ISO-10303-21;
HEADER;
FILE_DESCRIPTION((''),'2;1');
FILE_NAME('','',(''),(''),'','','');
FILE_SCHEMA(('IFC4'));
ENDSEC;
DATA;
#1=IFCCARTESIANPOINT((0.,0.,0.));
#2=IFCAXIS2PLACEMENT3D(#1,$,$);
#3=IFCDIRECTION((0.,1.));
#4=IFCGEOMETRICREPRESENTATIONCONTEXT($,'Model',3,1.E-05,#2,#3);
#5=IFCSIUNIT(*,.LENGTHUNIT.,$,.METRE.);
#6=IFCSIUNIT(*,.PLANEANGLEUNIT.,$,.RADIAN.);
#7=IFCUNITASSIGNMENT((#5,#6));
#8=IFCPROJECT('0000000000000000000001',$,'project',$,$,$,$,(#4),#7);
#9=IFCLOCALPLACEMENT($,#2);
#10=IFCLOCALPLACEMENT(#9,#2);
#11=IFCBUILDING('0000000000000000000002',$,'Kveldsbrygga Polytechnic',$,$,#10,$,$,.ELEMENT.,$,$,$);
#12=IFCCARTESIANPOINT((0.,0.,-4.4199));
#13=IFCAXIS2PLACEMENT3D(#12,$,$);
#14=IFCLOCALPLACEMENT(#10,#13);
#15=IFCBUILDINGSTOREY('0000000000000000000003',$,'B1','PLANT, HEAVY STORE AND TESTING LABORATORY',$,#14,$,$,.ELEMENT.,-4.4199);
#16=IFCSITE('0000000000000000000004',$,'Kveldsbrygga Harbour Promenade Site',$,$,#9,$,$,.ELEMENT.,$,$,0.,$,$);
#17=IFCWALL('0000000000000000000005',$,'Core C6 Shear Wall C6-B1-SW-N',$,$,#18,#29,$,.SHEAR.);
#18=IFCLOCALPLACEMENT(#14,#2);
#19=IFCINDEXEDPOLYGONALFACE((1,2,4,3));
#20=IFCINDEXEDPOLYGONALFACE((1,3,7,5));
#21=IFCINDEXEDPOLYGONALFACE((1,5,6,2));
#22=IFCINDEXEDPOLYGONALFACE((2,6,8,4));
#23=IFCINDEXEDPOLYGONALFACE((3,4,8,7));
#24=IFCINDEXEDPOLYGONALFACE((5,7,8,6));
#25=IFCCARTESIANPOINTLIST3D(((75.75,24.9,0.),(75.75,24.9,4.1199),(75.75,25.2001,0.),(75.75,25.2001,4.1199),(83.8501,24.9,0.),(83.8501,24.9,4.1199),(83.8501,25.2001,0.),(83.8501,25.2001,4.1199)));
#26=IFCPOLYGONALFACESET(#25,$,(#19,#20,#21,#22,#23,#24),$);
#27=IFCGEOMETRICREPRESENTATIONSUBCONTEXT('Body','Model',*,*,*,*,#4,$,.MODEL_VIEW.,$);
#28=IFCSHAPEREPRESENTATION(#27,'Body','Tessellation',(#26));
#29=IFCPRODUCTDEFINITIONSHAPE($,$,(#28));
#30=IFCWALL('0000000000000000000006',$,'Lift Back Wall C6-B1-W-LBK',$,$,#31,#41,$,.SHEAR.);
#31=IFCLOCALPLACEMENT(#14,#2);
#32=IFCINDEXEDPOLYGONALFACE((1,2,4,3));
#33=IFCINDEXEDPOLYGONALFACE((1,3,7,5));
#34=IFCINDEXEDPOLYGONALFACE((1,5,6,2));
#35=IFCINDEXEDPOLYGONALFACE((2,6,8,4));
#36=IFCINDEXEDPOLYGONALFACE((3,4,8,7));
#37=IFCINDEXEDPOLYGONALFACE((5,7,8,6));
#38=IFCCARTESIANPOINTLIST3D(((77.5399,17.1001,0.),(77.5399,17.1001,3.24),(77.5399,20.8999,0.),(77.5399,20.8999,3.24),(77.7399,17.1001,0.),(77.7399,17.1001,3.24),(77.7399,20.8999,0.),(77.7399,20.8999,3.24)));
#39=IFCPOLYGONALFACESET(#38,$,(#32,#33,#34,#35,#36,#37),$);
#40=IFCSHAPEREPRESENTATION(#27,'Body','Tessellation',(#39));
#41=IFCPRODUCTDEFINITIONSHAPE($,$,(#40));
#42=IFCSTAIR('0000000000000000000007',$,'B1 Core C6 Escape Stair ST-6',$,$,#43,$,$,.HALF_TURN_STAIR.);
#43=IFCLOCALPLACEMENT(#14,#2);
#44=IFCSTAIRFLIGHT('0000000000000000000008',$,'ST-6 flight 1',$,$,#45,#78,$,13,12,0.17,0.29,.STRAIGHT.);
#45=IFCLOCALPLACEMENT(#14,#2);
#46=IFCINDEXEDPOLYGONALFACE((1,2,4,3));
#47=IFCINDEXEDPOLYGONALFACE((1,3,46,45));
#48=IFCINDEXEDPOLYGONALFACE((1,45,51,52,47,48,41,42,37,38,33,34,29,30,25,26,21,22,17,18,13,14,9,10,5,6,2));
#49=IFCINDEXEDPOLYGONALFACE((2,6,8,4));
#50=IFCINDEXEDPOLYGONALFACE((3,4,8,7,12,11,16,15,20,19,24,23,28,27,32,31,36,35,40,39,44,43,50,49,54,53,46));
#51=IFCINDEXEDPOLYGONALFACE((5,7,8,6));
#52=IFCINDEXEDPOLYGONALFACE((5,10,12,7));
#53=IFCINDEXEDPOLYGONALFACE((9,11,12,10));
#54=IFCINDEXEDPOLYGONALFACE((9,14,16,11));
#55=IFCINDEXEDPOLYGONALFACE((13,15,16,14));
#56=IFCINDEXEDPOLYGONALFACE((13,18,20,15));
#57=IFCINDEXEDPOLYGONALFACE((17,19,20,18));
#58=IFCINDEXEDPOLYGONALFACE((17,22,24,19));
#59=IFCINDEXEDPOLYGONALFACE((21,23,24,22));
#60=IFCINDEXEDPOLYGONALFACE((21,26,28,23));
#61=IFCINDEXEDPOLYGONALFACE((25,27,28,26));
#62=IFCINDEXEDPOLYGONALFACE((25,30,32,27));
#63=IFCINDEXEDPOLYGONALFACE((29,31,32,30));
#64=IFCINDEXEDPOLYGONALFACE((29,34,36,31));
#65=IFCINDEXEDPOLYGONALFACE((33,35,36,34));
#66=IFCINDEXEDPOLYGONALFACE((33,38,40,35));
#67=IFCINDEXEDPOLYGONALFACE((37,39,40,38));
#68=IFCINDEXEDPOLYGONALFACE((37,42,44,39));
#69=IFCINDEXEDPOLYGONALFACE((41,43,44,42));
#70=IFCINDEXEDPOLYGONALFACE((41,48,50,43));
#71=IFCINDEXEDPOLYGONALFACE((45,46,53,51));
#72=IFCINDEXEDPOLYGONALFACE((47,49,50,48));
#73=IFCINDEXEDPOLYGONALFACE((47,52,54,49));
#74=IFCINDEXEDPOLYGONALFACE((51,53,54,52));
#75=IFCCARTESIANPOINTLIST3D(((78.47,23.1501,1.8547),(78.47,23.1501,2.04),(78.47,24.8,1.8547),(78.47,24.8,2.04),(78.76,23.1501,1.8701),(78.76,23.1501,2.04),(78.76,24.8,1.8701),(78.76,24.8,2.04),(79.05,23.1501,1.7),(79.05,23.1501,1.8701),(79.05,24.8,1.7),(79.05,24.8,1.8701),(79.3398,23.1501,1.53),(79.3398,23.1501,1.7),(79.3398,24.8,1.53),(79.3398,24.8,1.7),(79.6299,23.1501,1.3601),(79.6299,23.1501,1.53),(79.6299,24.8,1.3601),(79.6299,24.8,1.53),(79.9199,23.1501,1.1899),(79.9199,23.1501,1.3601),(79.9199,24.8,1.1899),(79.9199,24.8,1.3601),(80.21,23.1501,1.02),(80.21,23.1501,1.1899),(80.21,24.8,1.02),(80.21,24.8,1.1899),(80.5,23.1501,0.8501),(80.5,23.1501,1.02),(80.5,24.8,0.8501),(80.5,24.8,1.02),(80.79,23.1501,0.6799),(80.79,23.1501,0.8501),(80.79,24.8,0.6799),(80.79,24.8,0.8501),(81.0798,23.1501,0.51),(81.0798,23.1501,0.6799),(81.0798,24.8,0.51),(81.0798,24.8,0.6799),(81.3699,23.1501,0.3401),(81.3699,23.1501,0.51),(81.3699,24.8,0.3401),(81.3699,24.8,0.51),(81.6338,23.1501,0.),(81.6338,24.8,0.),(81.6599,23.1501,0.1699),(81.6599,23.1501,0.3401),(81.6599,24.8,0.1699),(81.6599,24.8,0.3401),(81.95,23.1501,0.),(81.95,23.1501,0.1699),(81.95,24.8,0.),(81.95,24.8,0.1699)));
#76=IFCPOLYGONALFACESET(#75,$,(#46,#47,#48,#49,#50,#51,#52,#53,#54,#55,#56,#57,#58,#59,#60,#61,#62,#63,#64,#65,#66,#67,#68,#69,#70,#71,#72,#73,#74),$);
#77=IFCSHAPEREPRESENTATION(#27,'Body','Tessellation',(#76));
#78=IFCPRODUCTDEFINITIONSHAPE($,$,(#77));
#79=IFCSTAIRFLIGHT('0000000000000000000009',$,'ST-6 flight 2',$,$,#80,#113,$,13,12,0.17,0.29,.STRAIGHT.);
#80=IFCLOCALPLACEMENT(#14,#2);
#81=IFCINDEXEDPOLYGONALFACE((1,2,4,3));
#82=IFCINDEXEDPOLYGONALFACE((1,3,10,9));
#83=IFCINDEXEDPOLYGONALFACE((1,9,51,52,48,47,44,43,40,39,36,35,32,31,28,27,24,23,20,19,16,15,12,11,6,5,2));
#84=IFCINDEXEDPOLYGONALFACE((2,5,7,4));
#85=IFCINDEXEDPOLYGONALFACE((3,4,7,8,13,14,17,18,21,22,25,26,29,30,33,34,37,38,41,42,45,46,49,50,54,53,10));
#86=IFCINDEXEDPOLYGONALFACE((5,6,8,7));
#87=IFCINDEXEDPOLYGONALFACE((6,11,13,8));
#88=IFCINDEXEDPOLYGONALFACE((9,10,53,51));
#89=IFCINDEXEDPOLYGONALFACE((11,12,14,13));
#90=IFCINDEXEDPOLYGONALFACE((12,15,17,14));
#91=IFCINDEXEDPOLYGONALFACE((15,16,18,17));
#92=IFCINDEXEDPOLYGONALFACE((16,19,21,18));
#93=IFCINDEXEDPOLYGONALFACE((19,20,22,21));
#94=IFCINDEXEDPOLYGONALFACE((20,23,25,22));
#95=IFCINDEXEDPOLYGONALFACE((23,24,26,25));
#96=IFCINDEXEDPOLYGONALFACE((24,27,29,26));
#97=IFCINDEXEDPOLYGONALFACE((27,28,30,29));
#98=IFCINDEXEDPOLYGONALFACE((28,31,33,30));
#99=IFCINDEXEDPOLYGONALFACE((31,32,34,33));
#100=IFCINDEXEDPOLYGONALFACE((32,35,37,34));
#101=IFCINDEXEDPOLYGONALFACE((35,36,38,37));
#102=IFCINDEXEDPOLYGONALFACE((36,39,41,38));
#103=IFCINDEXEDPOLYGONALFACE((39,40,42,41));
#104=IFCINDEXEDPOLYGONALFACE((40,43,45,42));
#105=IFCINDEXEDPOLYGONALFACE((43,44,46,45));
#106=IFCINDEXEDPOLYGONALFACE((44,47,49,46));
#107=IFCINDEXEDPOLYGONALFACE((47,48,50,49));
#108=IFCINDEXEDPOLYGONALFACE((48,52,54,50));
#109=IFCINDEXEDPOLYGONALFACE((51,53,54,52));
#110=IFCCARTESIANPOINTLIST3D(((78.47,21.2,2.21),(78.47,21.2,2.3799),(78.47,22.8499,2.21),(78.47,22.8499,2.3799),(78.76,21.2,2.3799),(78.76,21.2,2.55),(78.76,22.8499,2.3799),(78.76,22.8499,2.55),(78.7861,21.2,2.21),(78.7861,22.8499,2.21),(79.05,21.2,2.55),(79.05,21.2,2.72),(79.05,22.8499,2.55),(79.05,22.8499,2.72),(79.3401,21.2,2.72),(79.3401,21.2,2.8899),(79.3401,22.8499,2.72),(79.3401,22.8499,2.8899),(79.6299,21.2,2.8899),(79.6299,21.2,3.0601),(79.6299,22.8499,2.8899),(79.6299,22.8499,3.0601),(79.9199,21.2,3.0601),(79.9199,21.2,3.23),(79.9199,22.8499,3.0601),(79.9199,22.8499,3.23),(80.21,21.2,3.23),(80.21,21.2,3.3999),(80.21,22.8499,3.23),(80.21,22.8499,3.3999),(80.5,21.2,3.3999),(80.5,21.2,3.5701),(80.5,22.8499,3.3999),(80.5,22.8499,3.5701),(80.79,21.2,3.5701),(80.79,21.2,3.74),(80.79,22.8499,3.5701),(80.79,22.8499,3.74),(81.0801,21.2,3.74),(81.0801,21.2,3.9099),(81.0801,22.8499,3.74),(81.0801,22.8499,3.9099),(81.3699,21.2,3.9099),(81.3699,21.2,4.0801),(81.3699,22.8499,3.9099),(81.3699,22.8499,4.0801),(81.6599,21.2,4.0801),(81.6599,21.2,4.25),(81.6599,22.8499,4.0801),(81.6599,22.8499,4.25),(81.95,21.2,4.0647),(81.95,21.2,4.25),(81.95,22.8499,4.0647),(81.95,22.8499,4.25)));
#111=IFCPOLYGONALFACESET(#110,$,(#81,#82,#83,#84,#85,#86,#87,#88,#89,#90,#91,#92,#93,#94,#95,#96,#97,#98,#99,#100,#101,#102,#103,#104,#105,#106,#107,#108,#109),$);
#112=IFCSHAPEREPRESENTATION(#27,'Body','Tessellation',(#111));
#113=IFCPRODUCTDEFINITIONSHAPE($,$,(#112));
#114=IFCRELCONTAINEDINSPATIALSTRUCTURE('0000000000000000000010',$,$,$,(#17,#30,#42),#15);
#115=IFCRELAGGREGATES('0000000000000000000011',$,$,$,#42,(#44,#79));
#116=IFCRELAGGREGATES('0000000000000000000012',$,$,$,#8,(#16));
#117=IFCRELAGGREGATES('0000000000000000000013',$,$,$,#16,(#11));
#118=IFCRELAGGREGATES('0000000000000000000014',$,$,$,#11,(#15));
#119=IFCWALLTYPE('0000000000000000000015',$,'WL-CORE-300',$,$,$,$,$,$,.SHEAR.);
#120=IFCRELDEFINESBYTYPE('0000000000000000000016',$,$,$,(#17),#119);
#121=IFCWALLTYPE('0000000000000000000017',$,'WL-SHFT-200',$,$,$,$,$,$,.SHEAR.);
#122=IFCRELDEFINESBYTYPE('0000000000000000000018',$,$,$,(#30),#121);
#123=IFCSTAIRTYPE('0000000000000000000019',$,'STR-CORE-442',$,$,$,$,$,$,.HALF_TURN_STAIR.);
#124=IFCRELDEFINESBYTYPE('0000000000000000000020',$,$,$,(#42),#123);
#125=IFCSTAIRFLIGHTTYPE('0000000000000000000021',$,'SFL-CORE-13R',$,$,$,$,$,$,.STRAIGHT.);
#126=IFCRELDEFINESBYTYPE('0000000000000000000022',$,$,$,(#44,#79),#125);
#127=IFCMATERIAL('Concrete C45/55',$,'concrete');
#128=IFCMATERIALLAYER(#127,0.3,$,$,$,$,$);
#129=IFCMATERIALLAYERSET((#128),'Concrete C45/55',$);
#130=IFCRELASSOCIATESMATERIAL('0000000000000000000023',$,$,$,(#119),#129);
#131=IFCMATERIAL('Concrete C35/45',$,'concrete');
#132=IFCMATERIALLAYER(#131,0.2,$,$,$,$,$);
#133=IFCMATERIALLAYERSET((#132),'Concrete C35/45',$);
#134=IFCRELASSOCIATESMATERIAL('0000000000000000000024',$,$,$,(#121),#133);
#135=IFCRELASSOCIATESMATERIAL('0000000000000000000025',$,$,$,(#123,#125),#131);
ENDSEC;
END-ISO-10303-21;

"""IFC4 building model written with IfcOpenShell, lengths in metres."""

from ifc_helpers import new_model, si_unit, direction, frame, frame_2d, origin, place, context, subcontext, project, spatial, polyline, rectangle, outline, extrude, material, layer, layer_set, type_object, element, aggregate, save


model = new_model("IFC4")

# Units and contexts
model_context = context("Model", 3, precision=1e-05, world=origin(), true_north=direction((0.0, 1.0)))
body_context = subcontext(model_context, "Body", "Model", "MODEL_VIEW")
ifc_project = project(units=[si_unit("LENGTHUNIT", "METRE"), si_unit("PLANEANGLEUNIT", "RADIAN")], contexts=[model_context])

# Site, building, storey
site_placement = place(None, origin())
site = spatial("IfcSite", under=ifc_project, at=site_placement, Name="Kveldsbrygga Harbour Promenade Site", CompositionType="ELEMENT", RefElevation=0.0)
building_placement = place(site_placement, origin())
building = spatial("IfcBuilding", under=site, at=building_placement, Name="Kveldsbrygga Polytechnic", CompositionType="ELEMENT")
storey_placement = place(building_placement, frame((0.0, 0.0, -4.4199)))
storey = spatial("IfcBuildingStorey", under=building, at=storey_placement, Name="B1", Description="PLANT, HEAVY STORE AND TESTING LABORATORY", CompositionType="ELEMENT", Elevation=-4.4199)

# Shared definitions
ifc_material_1 = material(Name="Concrete C45/55", Category="concrete")

# Shared definitions
ifc_material_2 = material(Name="Concrete C35/45", Category="concrete")

# Wall
ifc_layer_1 = layer(ifc_material_1, 0.3)
ifc_layer_set_1 = layer_set([ifc_layer_1], Name="Concrete C45/55")
wall_type_1 = type_object("IfcWallType", Name="WL-CORE-300", PredefinedType="SHEAR", material=ifc_layer_set_1)
wall_1_placement = place(storey_placement, frame((75.75, 25.05, 0.0), z_axis=(0.0, 0.0, 1.0), x_axis=(1.0, 0.0, 0.0)))
element("IfcWall", 1, at=wall_1_placement, inside=storey, type_object=wall_type_1, Name="Core C6 Shear Wall C6-B1-SW-N", PredefinedType="SHEAR", context=body_context, shape_type="SweptSolid", body=[
    extrude(rectangle(XDim=8.1001, YDim=0.3, at=frame_2d((4.05, 0.0))), origin(), (0.0, 0.0, 1.0), 4.1199),
])

# Shared definitions
ifc_layer_2 = layer(ifc_material_2, 0.2)
ifc_layer_set_2 = layer_set([ifc_layer_2], Name="Concrete C35/45")
wall_type_2 = type_object("IfcWallType", Name="WL-SHFT-200", PredefinedType="SHEAR", material=ifc_layer_set_2)

# Wall
wall_2_placement = place(storey_placement, frame((77.6399, 17.1001, 0.0), z_axis=(0.0, 0.0, 1.0), x_axis=(0.0, 1.0, 0.0)))
element("IfcWall", 2, at=wall_2_placement, inside=storey, type_object=wall_type_2, Name="Lift Back Wall C6-B1-W-LBK", PredefinedType="SHEAR", context=body_context, shape_type="SweptSolid", body=[
    extrude(rectangle(XDim=3.7998, YDim=0.2, at=frame_2d((1.8999, 0.0))), origin(), (0.0, 0.0, 1.0), 3.24),
])

# Stair, stair flights
stair_type = type_object("IfcStairType", Name="STR-CORE-442", PredefinedType="HALF_TURN_STAIR", material=ifc_material_2)
stair_placement = place(storey_placement, origin())
stair = element("IfcStair", 3, at=stair_placement, inside=storey, type_object=stair_type, Name="B1 Core C6 Escape Stair ST-6", PredefinedType="HALF_TURN_STAIR")
stair_flight_type = type_object("IfcStairFlightType", Name="SFL-CORE-13R", PredefinedType="STRAIGHT", material=ifc_material_2)
stair_flight_1_placement = place(storey_placement, frame((81.95, 23.9751, 0.0), z_axis=(0.0, 0.0, 1.0), x_axis=(-1.0, 0.0, 0.0)))
stair_flight_1 = element("IfcStairFlight", 4, at=stair_flight_1_placement, type_object=stair_flight_type, Name="ST-6 flight 1", NumberOfRisers=13, NumberOfTreads=12, PredefinedType="STRAIGHT", RiserHeight=0.17, TreadLength=0.29, context=body_context, shape_type="SweptSolid", body=[
    extrude(outline(polyline([(0.0, 0.0), (0.0, 0.1699), (0.29, 0.1699), (0.29, 0.3401), (0.5801, 0.3401), (0.5801, 0.51), (0.8701, 0.51), (0.8701, 0.6799), (1.1599, 0.6799), (1.1599, 0.8501), (1.45, 0.8501), (1.45, 1.02), (1.74, 1.02), (1.74, 1.1899), (2.03, 1.1899), (2.03, 1.3601), (2.3201, 1.3601), (2.3201, 1.53), (2.6101, 1.53), (2.6101, 1.7), (2.8999, 1.7), (2.8999, 1.8701), (3.1899, 1.8701), (3.1899, 2.04), (3.48, 2.04), (3.48, 2.21), (3.48, 1.8547), (0.3162, 0.0), (0.0, 0.0)])), frame((0.0, 0.825, 0.0), z_axis=(0.0, -1.0, 0.0), x_axis=(1.0, 0.0, 0.0)), (0.0, 0.0, 1.0), 1.6499),
])
stair_flight_2_placement = place(storey_placement, frame((78.47, 22.0249, 2.21), z_axis=(0.0, 0.0, 1.0), x_axis=(1.0, 0.0, 0.0)))
stair_flight_2 = element("IfcStairFlight", 5, at=stair_flight_2_placement, type_object=stair_flight_type, Name="ST-6 flight 2", NumberOfRisers=13, NumberOfTreads=12, PredefinedType="STRAIGHT", RiserHeight=0.17, TreadLength=0.29, context=body_context, shape_type="SweptSolid", body=[
    extrude(outline(polyline([(0.0, 0.0), (0.0, 0.1699), (0.29, 0.1699), (0.29, 0.3401), (0.5801, 0.3401), (0.5801, 0.51), (0.8701, 0.51), (0.8701, 0.6799), (1.1599, 0.6799), (1.1599, 0.8501), (1.45, 0.8501), (1.45, 1.02), (1.74, 1.02), (1.74, 1.1899), (2.03, 1.1899), (2.03, 1.3601), (2.3201, 1.3601), (2.3201, 1.53), (2.6101, 1.53), (2.6101, 1.7), (2.8999, 1.7), (2.8999, 1.8701), (3.1899, 1.8701), (3.1899, 2.04), (3.48, 2.04), (3.48, 2.21), (3.48, 1.8547), (0.3162, 0.0), (0.0, 0.0)])), frame((0.0, 0.825, 0.0), z_axis=(0.0, -1.0, 0.0), x_axis=(1.0, 0.0, 0.0)), (0.0, 0.0, 1.0), 1.6499),
])
aggregate(stair, [stair_flight_1, stair_flight_2])

save(model, "model.ifc")
